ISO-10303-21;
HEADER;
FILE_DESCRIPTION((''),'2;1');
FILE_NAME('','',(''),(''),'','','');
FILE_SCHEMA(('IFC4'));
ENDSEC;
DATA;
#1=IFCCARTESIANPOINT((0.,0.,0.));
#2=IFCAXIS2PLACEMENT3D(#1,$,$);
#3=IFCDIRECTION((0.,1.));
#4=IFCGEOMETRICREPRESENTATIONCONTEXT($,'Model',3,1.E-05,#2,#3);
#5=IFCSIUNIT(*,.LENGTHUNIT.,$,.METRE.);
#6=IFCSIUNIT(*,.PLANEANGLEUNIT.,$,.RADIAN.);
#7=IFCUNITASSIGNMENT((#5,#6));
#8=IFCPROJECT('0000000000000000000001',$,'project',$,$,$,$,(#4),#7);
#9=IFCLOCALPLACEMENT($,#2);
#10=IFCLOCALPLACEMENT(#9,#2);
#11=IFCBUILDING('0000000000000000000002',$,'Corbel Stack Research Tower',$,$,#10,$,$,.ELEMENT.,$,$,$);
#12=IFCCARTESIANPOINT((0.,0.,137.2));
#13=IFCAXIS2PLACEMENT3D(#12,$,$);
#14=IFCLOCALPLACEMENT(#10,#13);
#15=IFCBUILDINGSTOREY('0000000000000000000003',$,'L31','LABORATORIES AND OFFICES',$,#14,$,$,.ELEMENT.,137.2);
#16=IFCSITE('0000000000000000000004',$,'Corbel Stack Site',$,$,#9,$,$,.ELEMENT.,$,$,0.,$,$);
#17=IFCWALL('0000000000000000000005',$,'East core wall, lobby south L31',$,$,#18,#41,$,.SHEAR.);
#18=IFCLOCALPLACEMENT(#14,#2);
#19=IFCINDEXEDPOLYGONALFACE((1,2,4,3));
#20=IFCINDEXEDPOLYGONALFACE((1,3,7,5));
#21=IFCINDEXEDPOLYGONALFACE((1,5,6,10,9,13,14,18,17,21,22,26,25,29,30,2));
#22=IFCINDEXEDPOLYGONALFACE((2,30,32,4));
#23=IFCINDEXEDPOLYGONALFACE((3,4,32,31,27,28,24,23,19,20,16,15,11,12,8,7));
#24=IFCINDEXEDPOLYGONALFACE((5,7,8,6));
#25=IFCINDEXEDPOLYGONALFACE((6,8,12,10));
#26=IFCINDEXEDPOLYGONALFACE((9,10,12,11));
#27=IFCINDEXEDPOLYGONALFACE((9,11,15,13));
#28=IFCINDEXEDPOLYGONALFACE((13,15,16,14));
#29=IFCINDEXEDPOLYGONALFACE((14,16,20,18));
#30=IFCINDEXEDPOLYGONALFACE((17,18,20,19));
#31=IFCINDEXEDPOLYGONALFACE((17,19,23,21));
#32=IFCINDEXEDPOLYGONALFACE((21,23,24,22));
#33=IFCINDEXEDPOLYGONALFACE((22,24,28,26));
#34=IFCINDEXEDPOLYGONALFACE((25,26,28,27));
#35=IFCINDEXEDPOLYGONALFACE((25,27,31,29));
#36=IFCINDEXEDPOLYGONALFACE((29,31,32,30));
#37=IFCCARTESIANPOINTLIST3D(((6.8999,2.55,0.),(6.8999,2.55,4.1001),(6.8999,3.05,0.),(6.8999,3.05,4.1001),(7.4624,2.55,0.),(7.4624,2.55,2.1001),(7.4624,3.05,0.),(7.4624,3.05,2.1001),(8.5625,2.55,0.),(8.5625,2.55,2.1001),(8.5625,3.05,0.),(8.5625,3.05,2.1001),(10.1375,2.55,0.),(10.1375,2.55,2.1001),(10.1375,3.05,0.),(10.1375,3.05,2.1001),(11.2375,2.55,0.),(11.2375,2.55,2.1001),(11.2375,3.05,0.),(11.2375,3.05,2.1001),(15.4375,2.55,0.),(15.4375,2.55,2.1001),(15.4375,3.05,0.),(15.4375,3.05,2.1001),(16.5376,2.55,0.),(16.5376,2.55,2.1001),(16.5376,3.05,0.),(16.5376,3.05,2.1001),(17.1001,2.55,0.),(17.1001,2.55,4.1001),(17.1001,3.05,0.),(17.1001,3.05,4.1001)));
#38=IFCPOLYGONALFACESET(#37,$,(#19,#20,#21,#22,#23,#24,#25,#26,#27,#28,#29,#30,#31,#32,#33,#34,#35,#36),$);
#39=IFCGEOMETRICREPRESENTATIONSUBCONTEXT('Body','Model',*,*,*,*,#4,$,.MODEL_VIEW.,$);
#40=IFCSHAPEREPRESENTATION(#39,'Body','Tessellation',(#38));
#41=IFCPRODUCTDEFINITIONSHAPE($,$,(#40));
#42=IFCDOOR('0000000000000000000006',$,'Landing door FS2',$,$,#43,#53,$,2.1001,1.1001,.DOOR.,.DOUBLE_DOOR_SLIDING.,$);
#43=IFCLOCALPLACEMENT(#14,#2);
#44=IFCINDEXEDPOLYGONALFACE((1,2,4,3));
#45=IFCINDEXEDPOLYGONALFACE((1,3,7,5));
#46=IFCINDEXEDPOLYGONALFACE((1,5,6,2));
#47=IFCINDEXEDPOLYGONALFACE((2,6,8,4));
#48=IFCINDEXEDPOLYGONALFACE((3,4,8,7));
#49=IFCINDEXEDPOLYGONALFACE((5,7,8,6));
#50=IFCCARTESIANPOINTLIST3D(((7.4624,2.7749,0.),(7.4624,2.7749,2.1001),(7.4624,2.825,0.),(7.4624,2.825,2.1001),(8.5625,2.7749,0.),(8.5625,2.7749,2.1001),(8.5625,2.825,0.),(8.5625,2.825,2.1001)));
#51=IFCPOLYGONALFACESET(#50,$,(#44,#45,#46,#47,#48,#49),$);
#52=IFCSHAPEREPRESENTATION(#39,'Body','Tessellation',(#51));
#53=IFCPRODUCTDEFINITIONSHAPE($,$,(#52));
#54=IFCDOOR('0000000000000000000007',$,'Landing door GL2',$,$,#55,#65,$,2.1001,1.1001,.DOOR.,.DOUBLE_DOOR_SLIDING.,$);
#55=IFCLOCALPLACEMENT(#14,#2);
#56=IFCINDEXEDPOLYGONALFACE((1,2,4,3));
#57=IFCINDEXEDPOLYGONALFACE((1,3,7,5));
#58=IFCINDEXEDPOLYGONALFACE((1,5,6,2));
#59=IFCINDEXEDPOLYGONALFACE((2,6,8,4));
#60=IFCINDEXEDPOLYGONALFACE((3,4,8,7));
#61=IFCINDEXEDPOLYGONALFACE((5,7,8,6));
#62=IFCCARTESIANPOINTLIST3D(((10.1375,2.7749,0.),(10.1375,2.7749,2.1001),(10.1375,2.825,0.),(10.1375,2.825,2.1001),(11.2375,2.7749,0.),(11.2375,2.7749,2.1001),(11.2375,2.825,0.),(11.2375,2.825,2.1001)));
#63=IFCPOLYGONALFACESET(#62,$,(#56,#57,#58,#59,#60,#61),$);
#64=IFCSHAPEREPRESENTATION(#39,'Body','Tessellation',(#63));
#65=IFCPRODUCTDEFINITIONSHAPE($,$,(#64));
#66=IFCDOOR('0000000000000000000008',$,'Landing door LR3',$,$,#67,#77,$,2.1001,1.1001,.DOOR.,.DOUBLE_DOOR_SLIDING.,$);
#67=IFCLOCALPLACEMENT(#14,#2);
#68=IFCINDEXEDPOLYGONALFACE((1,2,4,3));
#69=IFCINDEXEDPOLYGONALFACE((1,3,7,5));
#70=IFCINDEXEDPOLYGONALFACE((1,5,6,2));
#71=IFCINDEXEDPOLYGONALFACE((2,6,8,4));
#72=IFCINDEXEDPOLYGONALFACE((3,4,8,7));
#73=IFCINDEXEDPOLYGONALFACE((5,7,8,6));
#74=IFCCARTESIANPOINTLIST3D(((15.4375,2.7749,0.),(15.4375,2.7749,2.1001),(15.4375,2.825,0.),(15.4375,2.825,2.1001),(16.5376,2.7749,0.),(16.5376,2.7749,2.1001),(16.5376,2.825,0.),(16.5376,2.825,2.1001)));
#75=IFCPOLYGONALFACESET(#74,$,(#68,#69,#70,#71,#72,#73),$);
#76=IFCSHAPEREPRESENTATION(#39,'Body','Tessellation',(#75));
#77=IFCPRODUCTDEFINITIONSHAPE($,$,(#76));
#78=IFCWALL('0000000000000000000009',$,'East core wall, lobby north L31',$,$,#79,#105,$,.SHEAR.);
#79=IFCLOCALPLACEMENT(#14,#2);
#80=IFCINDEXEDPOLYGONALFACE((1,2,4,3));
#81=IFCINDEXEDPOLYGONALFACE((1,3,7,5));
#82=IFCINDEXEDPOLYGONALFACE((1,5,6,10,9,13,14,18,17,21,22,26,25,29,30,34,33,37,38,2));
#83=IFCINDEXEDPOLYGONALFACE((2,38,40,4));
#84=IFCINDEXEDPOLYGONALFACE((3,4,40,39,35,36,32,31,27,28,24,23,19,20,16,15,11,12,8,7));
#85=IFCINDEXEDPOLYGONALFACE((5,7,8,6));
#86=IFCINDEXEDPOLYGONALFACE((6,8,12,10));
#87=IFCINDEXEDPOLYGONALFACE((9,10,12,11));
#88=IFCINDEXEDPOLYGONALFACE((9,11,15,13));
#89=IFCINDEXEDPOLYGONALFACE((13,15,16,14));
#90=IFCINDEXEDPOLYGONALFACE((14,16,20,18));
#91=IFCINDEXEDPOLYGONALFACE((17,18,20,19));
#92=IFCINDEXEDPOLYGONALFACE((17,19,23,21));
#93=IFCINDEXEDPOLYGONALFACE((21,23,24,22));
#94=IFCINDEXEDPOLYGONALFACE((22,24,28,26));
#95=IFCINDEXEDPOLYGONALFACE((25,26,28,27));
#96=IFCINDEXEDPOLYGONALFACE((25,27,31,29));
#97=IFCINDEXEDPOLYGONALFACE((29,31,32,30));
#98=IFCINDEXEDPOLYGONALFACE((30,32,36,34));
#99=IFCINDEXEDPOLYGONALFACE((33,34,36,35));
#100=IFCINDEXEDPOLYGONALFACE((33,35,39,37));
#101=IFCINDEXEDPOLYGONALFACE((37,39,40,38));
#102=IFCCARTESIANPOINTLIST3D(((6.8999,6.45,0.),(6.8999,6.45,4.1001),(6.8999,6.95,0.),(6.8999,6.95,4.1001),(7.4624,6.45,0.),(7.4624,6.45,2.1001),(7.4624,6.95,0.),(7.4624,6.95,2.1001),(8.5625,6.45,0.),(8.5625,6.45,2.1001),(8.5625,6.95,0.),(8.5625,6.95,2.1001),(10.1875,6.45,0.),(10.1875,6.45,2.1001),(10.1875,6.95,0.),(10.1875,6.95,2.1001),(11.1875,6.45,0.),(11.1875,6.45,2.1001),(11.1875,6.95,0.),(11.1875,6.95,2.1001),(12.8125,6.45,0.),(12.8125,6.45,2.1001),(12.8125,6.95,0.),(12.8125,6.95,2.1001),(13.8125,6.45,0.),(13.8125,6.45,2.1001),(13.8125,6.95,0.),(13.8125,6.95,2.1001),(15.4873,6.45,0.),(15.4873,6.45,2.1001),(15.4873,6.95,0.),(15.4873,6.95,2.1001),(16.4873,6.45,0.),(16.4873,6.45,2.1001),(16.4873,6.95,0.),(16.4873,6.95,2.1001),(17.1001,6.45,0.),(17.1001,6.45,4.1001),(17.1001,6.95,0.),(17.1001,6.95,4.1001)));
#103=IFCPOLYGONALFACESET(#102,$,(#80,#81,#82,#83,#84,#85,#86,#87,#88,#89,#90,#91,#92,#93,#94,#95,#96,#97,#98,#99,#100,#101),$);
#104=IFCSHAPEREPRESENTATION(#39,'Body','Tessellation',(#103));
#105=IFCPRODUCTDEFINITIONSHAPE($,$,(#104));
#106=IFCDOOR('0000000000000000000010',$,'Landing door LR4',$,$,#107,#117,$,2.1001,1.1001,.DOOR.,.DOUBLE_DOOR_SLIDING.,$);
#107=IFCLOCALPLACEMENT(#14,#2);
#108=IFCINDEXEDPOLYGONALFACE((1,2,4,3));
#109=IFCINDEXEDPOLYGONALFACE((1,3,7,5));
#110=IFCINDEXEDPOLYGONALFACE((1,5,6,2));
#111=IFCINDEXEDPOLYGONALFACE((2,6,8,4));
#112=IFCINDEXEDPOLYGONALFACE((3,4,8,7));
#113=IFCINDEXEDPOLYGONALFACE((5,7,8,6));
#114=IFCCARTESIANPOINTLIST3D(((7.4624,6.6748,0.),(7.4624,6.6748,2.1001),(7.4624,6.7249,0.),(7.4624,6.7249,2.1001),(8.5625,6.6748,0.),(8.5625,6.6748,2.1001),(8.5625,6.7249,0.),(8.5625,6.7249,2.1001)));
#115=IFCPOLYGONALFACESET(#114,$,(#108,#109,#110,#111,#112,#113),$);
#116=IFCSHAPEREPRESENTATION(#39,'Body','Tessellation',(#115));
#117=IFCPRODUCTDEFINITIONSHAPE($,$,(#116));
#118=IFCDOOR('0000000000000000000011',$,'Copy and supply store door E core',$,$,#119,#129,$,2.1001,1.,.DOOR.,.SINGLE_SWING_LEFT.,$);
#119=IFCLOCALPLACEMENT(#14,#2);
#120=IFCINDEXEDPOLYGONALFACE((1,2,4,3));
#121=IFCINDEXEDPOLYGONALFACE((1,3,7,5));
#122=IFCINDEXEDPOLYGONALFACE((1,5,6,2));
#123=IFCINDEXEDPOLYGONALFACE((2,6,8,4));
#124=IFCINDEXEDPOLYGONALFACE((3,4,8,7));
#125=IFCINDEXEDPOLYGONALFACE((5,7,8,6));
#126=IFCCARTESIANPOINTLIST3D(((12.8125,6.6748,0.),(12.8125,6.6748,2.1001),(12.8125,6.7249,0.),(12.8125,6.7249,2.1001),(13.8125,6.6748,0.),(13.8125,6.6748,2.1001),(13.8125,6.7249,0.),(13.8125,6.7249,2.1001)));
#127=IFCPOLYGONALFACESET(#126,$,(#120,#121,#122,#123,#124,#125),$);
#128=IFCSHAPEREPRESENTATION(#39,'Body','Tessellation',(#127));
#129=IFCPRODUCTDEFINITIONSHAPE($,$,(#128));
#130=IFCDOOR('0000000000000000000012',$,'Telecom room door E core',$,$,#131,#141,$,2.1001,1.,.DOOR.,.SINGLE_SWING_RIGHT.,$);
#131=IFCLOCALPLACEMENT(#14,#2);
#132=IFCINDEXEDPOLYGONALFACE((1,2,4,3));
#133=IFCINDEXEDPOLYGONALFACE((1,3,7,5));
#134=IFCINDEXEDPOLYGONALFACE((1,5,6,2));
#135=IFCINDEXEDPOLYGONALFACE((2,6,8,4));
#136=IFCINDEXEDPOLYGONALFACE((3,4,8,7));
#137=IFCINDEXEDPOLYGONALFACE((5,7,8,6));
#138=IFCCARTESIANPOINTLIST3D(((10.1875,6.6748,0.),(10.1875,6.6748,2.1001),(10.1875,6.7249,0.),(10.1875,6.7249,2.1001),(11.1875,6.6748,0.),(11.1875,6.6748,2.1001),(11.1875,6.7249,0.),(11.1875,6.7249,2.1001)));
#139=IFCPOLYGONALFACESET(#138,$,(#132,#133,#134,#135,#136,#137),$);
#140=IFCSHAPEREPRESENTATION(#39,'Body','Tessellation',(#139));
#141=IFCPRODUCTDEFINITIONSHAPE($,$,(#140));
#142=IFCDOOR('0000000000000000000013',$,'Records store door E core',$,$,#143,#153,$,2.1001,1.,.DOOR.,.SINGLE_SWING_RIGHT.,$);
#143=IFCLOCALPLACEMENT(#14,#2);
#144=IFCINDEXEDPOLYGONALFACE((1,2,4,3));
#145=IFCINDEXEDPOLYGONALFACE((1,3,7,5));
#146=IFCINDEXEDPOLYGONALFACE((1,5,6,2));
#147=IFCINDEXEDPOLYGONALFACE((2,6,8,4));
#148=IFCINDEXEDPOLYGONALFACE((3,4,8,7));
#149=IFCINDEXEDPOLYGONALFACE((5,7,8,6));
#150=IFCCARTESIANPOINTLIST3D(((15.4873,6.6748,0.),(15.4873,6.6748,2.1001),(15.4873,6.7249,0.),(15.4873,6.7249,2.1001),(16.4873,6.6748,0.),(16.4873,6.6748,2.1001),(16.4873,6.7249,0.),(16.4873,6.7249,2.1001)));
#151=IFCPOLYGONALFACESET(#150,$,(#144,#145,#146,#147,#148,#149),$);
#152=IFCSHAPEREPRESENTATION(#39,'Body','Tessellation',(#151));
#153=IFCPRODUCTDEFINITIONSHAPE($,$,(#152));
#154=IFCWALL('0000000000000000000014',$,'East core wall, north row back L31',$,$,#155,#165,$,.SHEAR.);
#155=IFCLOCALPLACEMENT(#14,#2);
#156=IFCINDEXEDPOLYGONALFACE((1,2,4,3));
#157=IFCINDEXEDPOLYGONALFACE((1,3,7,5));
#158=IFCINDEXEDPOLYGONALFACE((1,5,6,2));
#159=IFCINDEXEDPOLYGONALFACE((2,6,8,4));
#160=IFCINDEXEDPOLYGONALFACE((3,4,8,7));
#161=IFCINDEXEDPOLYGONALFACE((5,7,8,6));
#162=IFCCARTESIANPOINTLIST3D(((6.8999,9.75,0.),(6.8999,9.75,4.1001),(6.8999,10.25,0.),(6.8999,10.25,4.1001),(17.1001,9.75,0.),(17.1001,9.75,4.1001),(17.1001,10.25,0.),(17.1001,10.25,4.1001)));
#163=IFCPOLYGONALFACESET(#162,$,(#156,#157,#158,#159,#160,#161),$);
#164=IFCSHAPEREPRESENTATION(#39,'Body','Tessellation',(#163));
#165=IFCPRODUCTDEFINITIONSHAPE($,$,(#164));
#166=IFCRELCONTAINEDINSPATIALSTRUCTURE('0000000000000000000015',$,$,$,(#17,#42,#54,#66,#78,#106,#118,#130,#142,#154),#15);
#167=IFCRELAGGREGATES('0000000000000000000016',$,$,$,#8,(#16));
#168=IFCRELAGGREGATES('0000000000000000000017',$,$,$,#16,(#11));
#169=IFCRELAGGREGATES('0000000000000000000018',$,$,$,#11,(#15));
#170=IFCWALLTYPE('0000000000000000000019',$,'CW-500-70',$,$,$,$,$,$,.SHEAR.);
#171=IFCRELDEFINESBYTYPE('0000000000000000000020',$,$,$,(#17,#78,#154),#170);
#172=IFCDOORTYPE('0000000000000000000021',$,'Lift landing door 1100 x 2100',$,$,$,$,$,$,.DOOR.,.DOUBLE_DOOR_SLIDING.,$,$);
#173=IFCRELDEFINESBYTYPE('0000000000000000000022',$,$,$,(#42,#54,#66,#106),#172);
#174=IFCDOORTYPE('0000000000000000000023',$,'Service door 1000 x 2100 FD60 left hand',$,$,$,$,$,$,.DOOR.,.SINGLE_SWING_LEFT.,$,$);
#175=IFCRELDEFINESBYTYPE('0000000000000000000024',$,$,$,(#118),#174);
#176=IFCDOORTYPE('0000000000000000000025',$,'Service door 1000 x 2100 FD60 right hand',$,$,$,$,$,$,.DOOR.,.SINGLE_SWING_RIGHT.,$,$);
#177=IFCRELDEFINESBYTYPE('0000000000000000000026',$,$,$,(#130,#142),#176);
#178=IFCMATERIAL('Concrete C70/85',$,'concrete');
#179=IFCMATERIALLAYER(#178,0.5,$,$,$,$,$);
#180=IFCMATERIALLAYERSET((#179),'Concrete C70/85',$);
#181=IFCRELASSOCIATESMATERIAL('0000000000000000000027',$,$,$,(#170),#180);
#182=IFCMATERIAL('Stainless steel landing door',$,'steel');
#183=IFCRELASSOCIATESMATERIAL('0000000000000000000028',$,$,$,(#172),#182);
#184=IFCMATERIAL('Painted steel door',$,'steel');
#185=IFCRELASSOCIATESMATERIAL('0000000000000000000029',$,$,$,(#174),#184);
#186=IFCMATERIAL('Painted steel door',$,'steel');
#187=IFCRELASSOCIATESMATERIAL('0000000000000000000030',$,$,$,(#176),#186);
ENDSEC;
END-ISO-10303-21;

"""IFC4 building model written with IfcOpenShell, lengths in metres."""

from ifc_helpers import new_model, si_unit, direction, frame, frame_2d, origin, place, context, subcontext, project, spatial, rectangle, extrude, material, layer, layer_set, type_object, element, fill, save


model = new_model("IFC4")

# Units and contexts
model_context = context("Model", 3, precision=1e-05, world=origin(), true_north=direction((0.0, 1.0)))
body_context = subcontext(model_context, "Body", "Model", "MODEL_VIEW")
ifc_project = project(units=[si_unit("LENGTHUNIT", "METRE"), si_unit("PLANEANGLEUNIT", "RADIAN")], contexts=[model_context])

# Site, building, storey
site_placement = place(None, origin())
site = spatial("IfcSite", under=ifc_project, at=site_placement, Name="Corbel Stack Site", CompositionType="ELEMENT", RefElevation=0.0)
building_placement = place(site_placement, origin())
building = spatial("IfcBuilding", under=site, at=building_placement, Name="Corbel Stack Research Tower", CompositionType="ELEMENT")
storey_placement = place(building_placement, frame((0.0, 0.0, 137.2)))
storey = spatial("IfcBuildingStorey", under=building, at=storey_placement, Name="L31", Description="LABORATORIES AND OFFICES", CompositionType="ELEMENT", Elevation=137.2)

# Walls, openings, doors
ifc_material_1 = material(Name="Concrete C70/85", Category="concrete")
ifc_layer_1 = layer(ifc_material_1, 0.5)
ifc_layer_set_1 = layer_set([ifc_layer_1], Name="Concrete C70/85")
wall_type_1 = type_object("IfcWallType", Name="CW-500-70", PredefinedType="SHEAR", material=ifc_layer_set_1)
wall_1_placement = place(storey_placement, frame((6.8999, 2.8, 0.0), z_axis=(0.0, 0.0, 1.0), x_axis=(1.0, 0.0, 0.0)))
wall_1 = element("IfcWall", 1, at=wall_1_placement, inside=storey, type_object=wall_type_1, Name="East core wall, lobby south L31", PredefinedType="SHEAR", context=body_context, shape_type="SweptSolid", body=[
    extrude(rectangle(XDim=10.2002, YDim=0.5, at=frame_2d((5.1001, 0.0))), origin(), (0.0, 0.0, 1.0), 4.1001),
])
opening_1_placement = place(wall_1_placement, frame((0.5625, 0.0, 0.0)))
opening_1 = element("IfcOpeningElement", 2, at=opening_1_placement, cuts=wall_1, PredefinedType="OPENING", context=body_context, shape_type="SweptSolid", body=[
    extrude(rectangle(XDim=1.1001, YDim=2.1001, at=frame_2d((0.55, 1.05))), frame((0.0, 0.26, 0.0), z_axis=(0.0, -1.0, 0.0), x_axis=(1.0, 0.0, 0.0)), (0.0, 0.0, 1.0), 0.52),
])
opening_2_placement = place(wall_1_placement, frame((3.2375, 0.0, 0.0)))
opening_2 = element("IfcOpeningElement", 3, at=opening_2_placement, cuts=wall_1, PredefinedType="OPENING", context=body_context, shape_type="SweptSolid", body=[
    extrude(rectangle(XDim=1.1001, YDim=2.1001, at=frame_2d((0.55, 1.05))), frame((0.0, 0.26, 0.0), z_axis=(0.0, -1.0, 0.0), x_axis=(1.0, 0.0, 0.0)), (0.0, 0.0, 1.0), 0.52),
])
opening_3_placement = place(wall_1_placement, frame((8.5376, 0.0, 0.0)))
opening_3 = element("IfcOpeningElement", 4, at=opening_3_placement, cuts=wall_1, PredefinedType="OPENING", context=body_context, shape_type="SweptSolid", body=[
    extrude(rectangle(XDim=1.1001, YDim=2.1001, at=frame_2d((0.55, 1.05))), frame((0.0, 0.26, 0.0), z_axis=(0.0, -1.0, 0.0), x_axis=(1.0, 0.0, 0.0)), (0.0, 0.0, 1.0), 0.52),
])
ifc_material_2 = material(Name="Stainless steel landing door", Category="steel")
door_type_1 = type_object("IfcDoorType", Name="Lift landing door 1100 x 2100", OperationType="DOUBLE_DOOR_SLIDING", PredefinedType="DOOR", material=ifc_material_2)
door_1_placement = place(opening_1_placement, origin())
door_1 = element("IfcDoor", 5, at=door_1_placement, inside=storey, type_object=door_type_1, Name="Landing door FS2", OperationType="DOUBLE_DOOR_SLIDING", OverallHeight=2.1001, OverallWidth=1.1001, PredefinedType="DOOR", context=body_context, shape_type="SweptSolid", body=[
    extrude(rectangle(XDim=1.1001, YDim=2.1001, at=frame_2d((0.55, 1.05))), frame((0.0, 0.0249, 0.0), z_axis=(0.0, -1.0, 0.0), x_axis=(1.0, 0.0, 0.0)), (0.0, 0.0, 1.0), 0.05),
])
fill(opening_1, door_1)
door_2_placement = place(opening_2_placement, origin())
door_2 = element("IfcDoor", 6, at=door_2_placement, inside=storey, type_object=door_type_1, Name="Landing door GL2", OperationType="DOUBLE_DOOR_SLIDING", OverallHeight=2.1001, OverallWidth=1.1001, PredefinedType="DOOR", context=body_context, shape_type="SweptSolid", body=[
    extrude(rectangle(XDim=1.1001, YDim=2.1001, at=frame_2d((0.55, 1.05))), frame((0.0, 0.0249, 0.0), z_axis=(0.0, -1.0, 0.0), x_axis=(1.0, 0.0, 0.0)), (0.0, 0.0, 1.0), 0.05),
])
fill(opening_2, door_2)
door_3_placement = place(opening_3_placement, origin())
door_3 = element("IfcDoor", 7, at=door_3_placement, inside=storey, type_object=door_type_1, Name="Landing door LR3", OperationType="DOUBLE_DOOR_SLIDING", OverallHeight=2.1001, OverallWidth=1.1001, PredefinedType="DOOR", context=body_context, shape_type="SweptSolid", body=[
    extrude(rectangle(XDim=1.1001, YDim=2.1001, at=frame_2d((0.55, 1.05))), frame((0.0, 0.0249, 0.0), z_axis=(0.0, -1.0, 0.0), x_axis=(1.0, 0.0, 0.0)), (0.0, 0.0, 1.0), 0.05),
])
fill(opening_3, door_3)
wall_2_placement = place(storey_placement, frame((6.8999, 6.7, 0.0), z_axis=(0.0, 0.0, 1.0), x_axis=(1.0, 0.0, 0.0)))
wall_2 = element("IfcWall", 8, at=wall_2_placement, inside=storey, type_object=wall_type_1, Name="East core wall, lobby north L31", PredefinedType="SHEAR", context=body_context, shape_type="SweptSolid", body=[
    extrude(rectangle(XDim=10.2002, YDim=0.5, at=frame_2d((5.1001, 0.0))), origin(), (0.0, 0.0, 1.0), 4.1001),
])
opening_4_placement = place(wall_2_placement, frame((0.5625, 0.0, 0.0)))
opening_4 = element("IfcOpeningElement", 9, at=opening_4_placement, cuts=wall_2, PredefinedType="OPENING", context=body_context, shape_type="SweptSolid", body=[
    extrude(rectangle(XDim=1.1001, YDim=2.1001, at=frame_2d((0.55, 1.05))), frame((0.0, 0.26, 0.0), z_axis=(0.0, -1.0, 0.0), x_axis=(1.0, 0.0, 0.0)), (0.0, 0.0, 1.0), 0.52),
])
opening_5_placement = place(wall_2_placement, frame((3.2876, 0.0, 0.0)))
opening_5 = element("IfcOpeningElement", 10, at=opening_5_placement, cuts=wall_2, PredefinedType="OPENING", context=body_context, shape_type="SweptSolid", body=[
    extrude(rectangle(XDim=1.0, YDim=2.1001, at=frame_2d((0.5, 1.05))), frame((0.0, 0.26, 0.0), z_axis=(0.0, -1.0, 0.0), x_axis=(1.0, 0.0, 0.0)), (0.0, 0.0, 1.0), 0.52),
])
opening_6_placement = place(wall_2_placement, frame((5.9126, 0.0, 0.0)))
opening_6 = element("IfcOpeningElement", 11, at=opening_6_placement, cuts=wall_2, PredefinedType="OPENING", context=body_context, shape_type="SweptSolid", body=[
    extrude(rectangle(XDim=1.0, YDim=2.1001, at=frame_2d((0.5, 1.05))), frame((0.0, 0.26, 0.0), z_axis=(0.0, -1.0, 0.0), x_axis=(1.0, 0.0, 0.0)), (0.0, 0.0, 1.0), 0.52),
])
opening_7_placement = place(wall_2_placement, frame((8.5874, 0.0, 0.0)))
opening_7 = element("IfcOpeningElement", 12, at=opening_7_placement, cuts=wall_2, PredefinedType="OPENING", context=body_context, shape_type="SweptSolid", body=[
    extrude(rectangle(XDim=1.0, YDim=2.1001, at=frame_2d((0.5, 1.05))), frame((0.0, 0.26, 0.0), z_axis=(0.0, -1.0, 0.0), x_axis=(1.0, 0.0, 0.0)), (0.0, 0.0, 1.0), 0.52),
])
door_4_placement = place(opening_4_placement, origin())
door_4 = element("IfcDoor", 13, at=door_4_placement, inside=storey, type_object=door_type_1, Name="Landing door LR4", OperationType="DOUBLE_DOOR_SLIDING", OverallHeight=2.1001, OverallWidth=1.1001, PredefinedType="DOOR", context=body_context, shape_type="SweptSolid", body=[
    extrude(rectangle(XDim=1.1001, YDim=2.1001, at=frame_2d((0.55, 1.05))), frame((0.0, 0.0249, 0.0), z_axis=(0.0, -1.0, 0.0), x_axis=(1.0, 0.0, 0.0)), (0.0, 0.0, 1.0), 0.05),
])
fill(opening_4, door_4)
ifc_material_3 = material(Name="Painted steel door", Category="steel")
door_type_2 = type_object("IfcDoorType", Name="Service door 1000 x 2100 FD60 left hand", OperationType="SINGLE_SWING_LEFT", PredefinedType="DOOR", material=ifc_material_3)
door_5_placement = place(opening_6_placement, origin())
door_5 = element("IfcDoor", 14, at=door_5_placement, inside=storey, type_object=door_type_2, Name="Copy and supply store door E core", OperationType="SINGLE_SWING_LEFT", OverallHeight=2.1001, OverallWidth=1.0, PredefinedType="DOOR", context=body_context, shape_type="SweptSolid", body=[
    extrude(rectangle(XDim=1.0, YDim=2.1001, at=frame_2d((0.5, 1.05))), frame((0.0, 0.0249, 0.0), z_axis=(0.0, -1.0, 0.0), x_axis=(1.0, 0.0, 0.0)), (0.0, 0.0, 1.0), 0.05),
])
fill(opening_6, door_5)
ifc_material_4 = material(Name="Painted steel door", Category="steel")
door_type_3 = type_object("IfcDoorType", Name="Service door 1000 x 2100 FD60 right hand", OperationType="SINGLE_SWING_RIGHT", PredefinedType="DOOR", material=ifc_material_4)
door_6_placement = place(opening_5_placement, origin())
door_6 = element("IfcDoor", 15, at=door_6_placement, inside=storey, type_object=door_type_3, Name="Telecom room door E core", OperationType="SINGLE_SWING_RIGHT", OverallHeight=2.1001, OverallWidth=1.0, PredefinedType="DOOR", context=body_context, shape_type="SweptSolid", body=[
    extrude(rectangle(XDim=1.0, YDim=2.1001, at=frame_2d((0.5, 1.05))), frame((0.0, 0.0249, 0.0), z_axis=(0.0, -1.0, 0.0), x_axis=(1.0, 0.0, 0.0)), (0.0, 0.0, 1.0), 0.05),
])
fill(opening_5, door_6)
door_7_placement = place(opening_7_placement, origin())
door_7 = element("IfcDoor", 16, at=door_7_placement, inside=storey, type_object=door_type_3, Name="Records store door E core", OperationType="SINGLE_SWING_RIGHT", OverallHeight=2.1001, OverallWidth=1.0, PredefinedType="DOOR", context=body_context, shape_type="SweptSolid", body=[
    extrude(rectangle(XDim=1.0, YDim=2.1001, at=frame_2d((0.5, 1.05))), frame((0.0, 0.0249, 0.0), z_axis=(0.0, -1.0, 0.0), x_axis=(1.0, 0.0, 0.0)), (0.0, 0.0, 1.0), 0.05),
])
fill(opening_7, door_7)

# Wall
wall_3_placement = place(storey_placement, frame((6.8999, 10.0, 0.0), z_axis=(0.0, 0.0, 1.0), x_axis=(1.0, 0.0, 0.0)))
element("IfcWall", 17, at=wall_3_placement, inside=storey, type_object=wall_type_1, Name="East core wall, north row back L31", PredefinedType="SHEAR", context=body_context, shape_type="SweptSolid", body=[
    extrude(rectangle(XDim=10.2002, YDim=0.5, at=frame_2d((5.1001, 0.0))), origin(), (0.0, 0.0, 1.0), 4.1001),
])

save(model, "model.ifc")
